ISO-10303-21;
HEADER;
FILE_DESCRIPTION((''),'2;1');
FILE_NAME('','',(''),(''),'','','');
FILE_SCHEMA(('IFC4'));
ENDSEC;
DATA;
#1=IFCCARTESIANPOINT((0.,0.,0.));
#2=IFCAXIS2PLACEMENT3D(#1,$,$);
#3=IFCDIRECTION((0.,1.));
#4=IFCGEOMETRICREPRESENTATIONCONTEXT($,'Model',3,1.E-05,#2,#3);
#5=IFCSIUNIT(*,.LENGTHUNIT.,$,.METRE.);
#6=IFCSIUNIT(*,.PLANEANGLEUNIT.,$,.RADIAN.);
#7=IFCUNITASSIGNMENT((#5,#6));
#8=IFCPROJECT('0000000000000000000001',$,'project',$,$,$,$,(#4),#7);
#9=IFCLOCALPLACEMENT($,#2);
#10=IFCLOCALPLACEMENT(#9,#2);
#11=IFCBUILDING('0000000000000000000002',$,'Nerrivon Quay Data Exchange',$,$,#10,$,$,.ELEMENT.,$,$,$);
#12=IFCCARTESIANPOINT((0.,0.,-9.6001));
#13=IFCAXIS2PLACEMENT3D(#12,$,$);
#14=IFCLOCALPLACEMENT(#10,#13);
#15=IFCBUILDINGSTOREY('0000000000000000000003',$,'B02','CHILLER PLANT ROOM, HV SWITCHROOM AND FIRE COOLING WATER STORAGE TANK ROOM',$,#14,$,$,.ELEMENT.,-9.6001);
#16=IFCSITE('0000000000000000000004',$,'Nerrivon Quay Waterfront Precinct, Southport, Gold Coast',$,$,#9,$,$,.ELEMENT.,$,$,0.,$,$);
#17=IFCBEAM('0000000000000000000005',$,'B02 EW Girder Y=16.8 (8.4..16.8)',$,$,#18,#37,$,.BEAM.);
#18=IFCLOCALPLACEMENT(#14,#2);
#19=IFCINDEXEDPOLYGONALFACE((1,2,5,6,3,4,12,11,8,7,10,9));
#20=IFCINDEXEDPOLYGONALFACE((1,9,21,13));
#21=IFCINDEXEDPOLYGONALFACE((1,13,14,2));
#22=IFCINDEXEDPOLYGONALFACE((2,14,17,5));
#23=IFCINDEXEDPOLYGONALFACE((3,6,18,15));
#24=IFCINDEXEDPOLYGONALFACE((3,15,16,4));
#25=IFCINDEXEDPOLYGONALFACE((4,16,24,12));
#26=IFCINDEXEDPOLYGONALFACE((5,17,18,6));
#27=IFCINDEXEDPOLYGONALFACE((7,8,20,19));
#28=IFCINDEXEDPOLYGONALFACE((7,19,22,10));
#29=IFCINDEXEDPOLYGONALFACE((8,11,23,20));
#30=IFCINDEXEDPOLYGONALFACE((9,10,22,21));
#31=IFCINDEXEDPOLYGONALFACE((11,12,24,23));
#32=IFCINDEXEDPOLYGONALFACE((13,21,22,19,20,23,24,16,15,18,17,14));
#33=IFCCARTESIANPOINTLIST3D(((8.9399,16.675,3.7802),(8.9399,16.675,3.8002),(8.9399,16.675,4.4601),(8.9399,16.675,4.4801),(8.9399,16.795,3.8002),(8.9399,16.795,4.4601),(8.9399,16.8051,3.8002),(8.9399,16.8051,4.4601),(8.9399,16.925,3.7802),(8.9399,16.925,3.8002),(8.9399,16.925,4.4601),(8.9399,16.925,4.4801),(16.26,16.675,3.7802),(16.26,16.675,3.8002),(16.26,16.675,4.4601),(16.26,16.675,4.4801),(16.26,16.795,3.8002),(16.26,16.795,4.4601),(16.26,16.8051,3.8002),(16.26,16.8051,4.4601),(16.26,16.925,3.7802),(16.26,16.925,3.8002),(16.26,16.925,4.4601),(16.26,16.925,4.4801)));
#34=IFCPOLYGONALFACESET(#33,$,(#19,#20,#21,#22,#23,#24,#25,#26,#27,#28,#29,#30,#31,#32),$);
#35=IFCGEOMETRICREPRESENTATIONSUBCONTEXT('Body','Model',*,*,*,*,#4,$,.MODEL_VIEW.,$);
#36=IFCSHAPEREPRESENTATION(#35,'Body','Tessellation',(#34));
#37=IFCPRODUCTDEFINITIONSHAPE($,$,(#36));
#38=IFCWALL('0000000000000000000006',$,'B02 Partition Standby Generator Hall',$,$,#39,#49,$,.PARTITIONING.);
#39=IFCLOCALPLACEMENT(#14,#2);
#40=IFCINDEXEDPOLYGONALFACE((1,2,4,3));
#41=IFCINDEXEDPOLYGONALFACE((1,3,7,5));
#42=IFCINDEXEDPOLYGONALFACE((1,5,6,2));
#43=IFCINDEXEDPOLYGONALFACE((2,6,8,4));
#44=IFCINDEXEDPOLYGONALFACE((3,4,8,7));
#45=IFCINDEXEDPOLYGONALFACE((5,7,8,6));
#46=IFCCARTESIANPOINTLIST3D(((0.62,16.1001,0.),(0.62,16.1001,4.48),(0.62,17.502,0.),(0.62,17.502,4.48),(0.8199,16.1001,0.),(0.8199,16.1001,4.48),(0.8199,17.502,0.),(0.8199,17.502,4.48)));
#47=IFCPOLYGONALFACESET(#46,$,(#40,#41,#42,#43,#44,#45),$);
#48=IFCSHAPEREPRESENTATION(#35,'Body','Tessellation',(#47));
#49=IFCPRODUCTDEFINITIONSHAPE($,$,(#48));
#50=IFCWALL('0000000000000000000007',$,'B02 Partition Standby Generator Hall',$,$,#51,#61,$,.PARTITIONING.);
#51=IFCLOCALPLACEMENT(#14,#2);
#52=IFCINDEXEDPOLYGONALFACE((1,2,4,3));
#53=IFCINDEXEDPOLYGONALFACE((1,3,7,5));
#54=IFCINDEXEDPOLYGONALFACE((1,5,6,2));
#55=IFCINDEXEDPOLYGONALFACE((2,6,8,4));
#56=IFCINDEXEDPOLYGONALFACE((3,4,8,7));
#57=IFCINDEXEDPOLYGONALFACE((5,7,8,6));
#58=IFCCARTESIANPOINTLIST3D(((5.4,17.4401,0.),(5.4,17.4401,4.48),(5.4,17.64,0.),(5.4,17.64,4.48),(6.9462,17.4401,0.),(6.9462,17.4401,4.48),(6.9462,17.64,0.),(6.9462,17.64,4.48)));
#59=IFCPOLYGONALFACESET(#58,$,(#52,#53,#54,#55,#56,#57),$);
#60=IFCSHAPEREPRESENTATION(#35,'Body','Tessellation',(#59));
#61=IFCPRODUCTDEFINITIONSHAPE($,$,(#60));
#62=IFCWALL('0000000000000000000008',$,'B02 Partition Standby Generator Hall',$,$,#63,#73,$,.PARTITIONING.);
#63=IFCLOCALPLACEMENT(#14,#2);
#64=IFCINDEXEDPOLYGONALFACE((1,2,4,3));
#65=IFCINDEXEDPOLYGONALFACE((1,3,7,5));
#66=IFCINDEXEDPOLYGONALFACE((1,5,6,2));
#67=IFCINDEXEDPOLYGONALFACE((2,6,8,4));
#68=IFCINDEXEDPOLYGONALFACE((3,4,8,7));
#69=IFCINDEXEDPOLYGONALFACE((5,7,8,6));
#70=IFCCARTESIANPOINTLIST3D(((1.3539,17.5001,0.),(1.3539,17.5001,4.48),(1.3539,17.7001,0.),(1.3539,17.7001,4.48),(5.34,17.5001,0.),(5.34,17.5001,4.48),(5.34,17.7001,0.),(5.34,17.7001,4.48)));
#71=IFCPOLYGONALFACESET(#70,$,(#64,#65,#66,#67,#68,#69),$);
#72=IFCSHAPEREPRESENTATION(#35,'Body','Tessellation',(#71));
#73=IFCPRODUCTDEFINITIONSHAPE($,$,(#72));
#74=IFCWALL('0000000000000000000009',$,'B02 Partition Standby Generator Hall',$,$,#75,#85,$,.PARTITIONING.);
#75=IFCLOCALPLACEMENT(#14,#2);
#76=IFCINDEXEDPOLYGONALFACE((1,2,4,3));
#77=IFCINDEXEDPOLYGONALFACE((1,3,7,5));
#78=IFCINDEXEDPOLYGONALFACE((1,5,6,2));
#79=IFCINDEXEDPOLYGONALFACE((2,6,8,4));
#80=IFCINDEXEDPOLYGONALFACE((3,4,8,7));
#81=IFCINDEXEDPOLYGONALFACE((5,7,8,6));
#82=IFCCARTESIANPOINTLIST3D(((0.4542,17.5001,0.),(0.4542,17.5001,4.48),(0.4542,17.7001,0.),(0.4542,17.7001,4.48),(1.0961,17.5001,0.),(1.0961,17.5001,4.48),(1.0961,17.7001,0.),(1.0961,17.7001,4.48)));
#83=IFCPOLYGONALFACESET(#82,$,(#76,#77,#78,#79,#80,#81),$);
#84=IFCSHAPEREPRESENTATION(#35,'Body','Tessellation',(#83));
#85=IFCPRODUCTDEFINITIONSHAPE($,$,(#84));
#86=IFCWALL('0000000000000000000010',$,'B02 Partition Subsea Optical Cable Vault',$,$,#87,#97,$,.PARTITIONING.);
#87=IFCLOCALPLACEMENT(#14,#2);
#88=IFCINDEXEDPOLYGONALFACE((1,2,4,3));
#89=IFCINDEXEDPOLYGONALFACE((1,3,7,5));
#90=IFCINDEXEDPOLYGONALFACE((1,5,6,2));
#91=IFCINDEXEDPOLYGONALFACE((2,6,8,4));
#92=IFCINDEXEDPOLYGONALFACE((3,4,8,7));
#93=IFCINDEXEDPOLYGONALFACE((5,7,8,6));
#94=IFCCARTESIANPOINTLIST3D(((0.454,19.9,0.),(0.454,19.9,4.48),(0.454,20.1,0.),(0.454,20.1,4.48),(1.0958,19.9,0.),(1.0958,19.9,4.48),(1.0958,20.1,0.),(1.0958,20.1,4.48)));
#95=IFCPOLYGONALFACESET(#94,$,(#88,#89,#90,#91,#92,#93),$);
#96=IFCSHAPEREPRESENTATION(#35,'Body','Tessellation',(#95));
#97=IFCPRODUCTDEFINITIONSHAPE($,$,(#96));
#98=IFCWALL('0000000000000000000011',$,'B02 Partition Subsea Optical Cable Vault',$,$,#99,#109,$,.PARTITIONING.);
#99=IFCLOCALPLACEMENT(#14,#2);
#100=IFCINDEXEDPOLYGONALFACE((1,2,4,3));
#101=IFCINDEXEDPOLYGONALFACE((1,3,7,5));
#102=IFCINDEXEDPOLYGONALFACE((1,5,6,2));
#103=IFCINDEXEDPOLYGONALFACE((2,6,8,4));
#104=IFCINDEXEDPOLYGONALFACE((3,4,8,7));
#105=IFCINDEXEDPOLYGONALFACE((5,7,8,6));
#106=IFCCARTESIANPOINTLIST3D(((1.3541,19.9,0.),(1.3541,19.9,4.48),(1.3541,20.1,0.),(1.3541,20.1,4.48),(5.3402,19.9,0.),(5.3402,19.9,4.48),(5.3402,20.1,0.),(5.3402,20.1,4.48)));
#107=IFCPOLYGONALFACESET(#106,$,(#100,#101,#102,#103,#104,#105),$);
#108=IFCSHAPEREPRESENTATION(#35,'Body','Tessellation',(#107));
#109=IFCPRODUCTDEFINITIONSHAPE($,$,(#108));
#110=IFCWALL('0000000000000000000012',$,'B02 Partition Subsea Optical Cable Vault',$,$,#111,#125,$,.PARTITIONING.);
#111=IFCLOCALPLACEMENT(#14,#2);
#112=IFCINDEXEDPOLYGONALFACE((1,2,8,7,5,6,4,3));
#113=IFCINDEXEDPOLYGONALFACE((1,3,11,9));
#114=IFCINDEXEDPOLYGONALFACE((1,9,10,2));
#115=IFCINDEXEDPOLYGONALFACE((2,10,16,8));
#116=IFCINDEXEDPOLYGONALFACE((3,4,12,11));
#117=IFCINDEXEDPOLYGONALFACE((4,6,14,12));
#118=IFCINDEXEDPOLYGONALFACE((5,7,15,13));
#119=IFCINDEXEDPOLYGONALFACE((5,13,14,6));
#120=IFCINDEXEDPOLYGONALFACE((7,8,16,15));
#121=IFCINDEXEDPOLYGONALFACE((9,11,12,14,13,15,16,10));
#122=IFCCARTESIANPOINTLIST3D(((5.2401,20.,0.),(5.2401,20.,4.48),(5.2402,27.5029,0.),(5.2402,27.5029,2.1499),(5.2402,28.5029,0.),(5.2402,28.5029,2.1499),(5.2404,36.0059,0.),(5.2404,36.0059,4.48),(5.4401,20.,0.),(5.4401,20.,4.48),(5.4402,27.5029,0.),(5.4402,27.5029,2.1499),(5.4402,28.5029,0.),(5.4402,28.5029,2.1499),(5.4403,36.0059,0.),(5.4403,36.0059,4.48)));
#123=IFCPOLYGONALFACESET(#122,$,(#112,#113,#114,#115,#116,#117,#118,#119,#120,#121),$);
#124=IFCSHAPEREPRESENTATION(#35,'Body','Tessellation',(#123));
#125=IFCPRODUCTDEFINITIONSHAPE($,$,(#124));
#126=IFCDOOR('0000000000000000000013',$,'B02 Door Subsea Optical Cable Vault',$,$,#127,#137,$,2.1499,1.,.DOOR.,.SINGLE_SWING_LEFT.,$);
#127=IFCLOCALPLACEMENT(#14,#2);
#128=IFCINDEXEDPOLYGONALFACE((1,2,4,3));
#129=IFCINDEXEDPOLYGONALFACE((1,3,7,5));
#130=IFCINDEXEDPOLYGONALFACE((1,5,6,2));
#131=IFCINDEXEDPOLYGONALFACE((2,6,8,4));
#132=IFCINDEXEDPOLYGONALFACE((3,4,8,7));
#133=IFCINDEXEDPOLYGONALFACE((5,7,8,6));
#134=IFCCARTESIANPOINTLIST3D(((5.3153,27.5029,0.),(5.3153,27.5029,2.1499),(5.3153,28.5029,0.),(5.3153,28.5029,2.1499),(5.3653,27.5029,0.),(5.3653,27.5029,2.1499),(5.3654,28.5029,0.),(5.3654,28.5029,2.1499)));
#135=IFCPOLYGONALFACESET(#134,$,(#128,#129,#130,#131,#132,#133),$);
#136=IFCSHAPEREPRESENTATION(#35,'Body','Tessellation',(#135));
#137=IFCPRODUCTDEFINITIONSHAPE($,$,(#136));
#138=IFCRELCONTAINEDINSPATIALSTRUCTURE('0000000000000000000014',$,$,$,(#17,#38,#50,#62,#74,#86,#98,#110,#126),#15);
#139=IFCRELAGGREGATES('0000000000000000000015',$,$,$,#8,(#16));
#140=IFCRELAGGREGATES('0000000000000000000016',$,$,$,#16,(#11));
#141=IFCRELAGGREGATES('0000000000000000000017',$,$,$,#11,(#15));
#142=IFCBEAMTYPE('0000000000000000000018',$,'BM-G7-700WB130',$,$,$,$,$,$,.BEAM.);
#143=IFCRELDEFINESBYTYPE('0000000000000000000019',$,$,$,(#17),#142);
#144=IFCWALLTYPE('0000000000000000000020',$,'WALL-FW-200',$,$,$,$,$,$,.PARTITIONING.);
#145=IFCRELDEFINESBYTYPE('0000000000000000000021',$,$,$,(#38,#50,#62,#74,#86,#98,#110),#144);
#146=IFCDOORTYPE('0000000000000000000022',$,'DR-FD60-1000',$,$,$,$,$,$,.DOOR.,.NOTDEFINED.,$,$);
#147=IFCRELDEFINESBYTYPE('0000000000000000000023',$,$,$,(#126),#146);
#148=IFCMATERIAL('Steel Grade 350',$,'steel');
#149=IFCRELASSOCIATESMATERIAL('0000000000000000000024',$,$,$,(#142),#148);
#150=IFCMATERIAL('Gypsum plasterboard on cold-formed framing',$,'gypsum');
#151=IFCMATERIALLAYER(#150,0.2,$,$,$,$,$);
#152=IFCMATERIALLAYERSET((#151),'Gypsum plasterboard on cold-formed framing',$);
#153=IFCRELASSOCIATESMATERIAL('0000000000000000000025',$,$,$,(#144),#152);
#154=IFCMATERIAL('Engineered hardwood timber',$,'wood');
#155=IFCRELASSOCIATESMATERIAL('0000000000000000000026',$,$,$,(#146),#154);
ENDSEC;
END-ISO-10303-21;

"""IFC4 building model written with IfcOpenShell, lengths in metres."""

from ifc_helpers import new_model, si_unit, direction, frame, frame_2d, origin, origin_2d, place, context, subcontext, project, spatial, rectangle, i_section, extrude, material, layer, layer_set, material_profile, profile_set, type_object, element, fill, save


model = new_model("IFC4")

# Units and contexts
model_context = context("Model", 3, precision=1e-05, world=origin(), true_north=direction((0.0, 1.0)))
body_context = subcontext(model_context, "Body", "Model", "MODEL_VIEW")
ifc_project = project(units=[si_unit("LENGTHUNIT", "METRE"), si_unit("PLANEANGLEUNIT", "RADIAN")], contexts=[model_context])

# Site, building, storey
site_placement = place(None, origin())
site = spatial("IfcSite", under=ifc_project, at=site_placement, Name="Nerrivon Quay Waterfront Precinct, Southport, Gold Coast", CompositionType="ELEMENT", RefElevation=0.0)
building_placement = place(site_placement, origin())
building = spatial("IfcBuilding", under=site, at=building_placement, Name="Nerrivon Quay Data Exchange", CompositionType="ELEMENT")
storey_placement = place(building_placement, frame((0.0, 0.0, -9.6001)))
storey = spatial("IfcBuildingStorey", under=building, at=storey_placement, Name="B02", Description="CHILLER PLANT ROOM, HV SWITCHROOM AND FIRE COOLING WATER STORAGE TANK ROOM", CompositionType="ELEMENT", Elevation=-9.6001)

# Beam
ifc_material_1 = material(Name="Steel Grade 350", Category="steel")
ifc_material_profile_1 = material_profile(ifc_material_1, i_section(OverallWidth=0.25, OverallDepth=0.7, WebThickness=0.01, FlangeThickness=0.02, at=origin_2d()), Name="700WB130")
ifc_profile_set_1 = profile_set([ifc_material_profile_1], Name="Steel Grade 350")
beam_type_1 = type_object("IfcBeamType", Name="BM-G7-700WB130", PredefinedType="BEAM", material=ifc_profile_set_1)
beam_placement = place(storey_placement, frame((8.9399, 16.8, 4.1301), z_axis=(1.0, 0.0, 0.0), x_axis=(0.0, 1.0, 0.0)))
element("IfcBeam", 1, at=beam_placement, inside=storey, type_object=beam_type_1, Name="B02 EW Girder Y=16.8 (8.4..16.8)", PredefinedType="BEAM", context=body_context, shape_type="SweptSolid", body=[
    extrude(i_section(OverallWidth=0.25, OverallDepth=0.7, WebThickness=0.01, FlangeThickness=0.02, at=origin_2d()), origin(), (0.0, 0.0, 1.0), 7.3201),
])

# Walls
ifc_material_2 = material(Name="Gypsum plasterboard on cold-formed framing", Category="gypsum")
ifc_layer = layer(ifc_material_2, 0.2)
ifc_layer_set = layer_set([ifc_layer], Name="Gypsum plasterboard on cold-formed framing")
wall_type = type_object("IfcWallType", Name="WALL-FW-200", PredefinedType="PARTITIONING", material=ifc_layer_set)
wall_1_placement = place(storey_placement, frame((0.72, 17.502, 0.0), z_axis=(0.0, 0.0, 1.0), x_axis=(0.0, -1.0, 0.0)))
element("IfcWall", 2, at=wall_1_placement, inside=storey, type_object=wall_type, Name="B02 Partition Standby Generator Hall", PredefinedType="PARTITIONING", context=body_context, shape_type="SweptSolid", body=[
    extrude(rectangle(XDim=1.4019, YDim=0.2, at=frame_2d((0.7009, 0.0))), origin(), (0.0, 0.0, 1.0), 4.48),
])
wall_2_placement = place(storey_placement, frame((6.946, 17.54, 0.0), z_axis=(0.0, 0.0, 1.0), x_axis=(-1.0, 0.0, 0.0)))
element("IfcWall", 3, at=wall_2_placement, inside=storey, type_object=wall_type, Name="B02 Partition Standby Generator Hall", PredefinedType="PARTITIONING", context=body_context, shape_type="SweptSolid", body=[
    extrude(rectangle(XDim=1.5461, YDim=0.2, at=frame_2d((0.7729, 0.0))), origin(), (0.0, 0.0, 1.0), 4.48),
])
wall_3_placement = place(storey_placement, frame((5.3401, 17.6001, 0.0), z_axis=(0.0, 0.0, 1.0), x_axis=(-1.0, 0.0, 0.0)))
element("IfcWall", 4, at=wall_3_placement, inside=storey, type_object=wall_type, Name="B02 Partition Standby Generator Hall", PredefinedType="PARTITIONING", context=body_context, shape_type="SweptSolid", body=[
    extrude(rectangle(XDim=3.9861, YDim=0.2, at=frame_2d((1.9932, 0.0))), origin(), (0.0, 0.0, 1.0), 4.48),
])
for number, where, z_axis, x_axis, name in (
    (5, (1.0959, 17.6001, 0.0), (0.0, 0.0, 1.0), (-1.0, 0.0, 0.0), "B02 Partition Standby Generator Hall"),
    (6, (0.4541, 20.0, 0.0), (0.0, 0.0, 1.0), (1.0, 0.0, 0.0), "B02 Partition Subsea Optical Cable Vault"),
):
    element("IfcWall", number, at=place(storey_placement, frame(where, z_axis=z_axis, x_axis=x_axis)), inside=storey, type_object=wall_type, Name=name, PredefinedType="PARTITIONING", context=body_context, shape_type="SweptSolid", body=[
        extrude(rectangle(XDim=0.6418, YDim=0.2, at=frame_2d((0.3208, 0.0))), origin(), (0.0, 0.0, 1.0), 4.48),
    ])
wall_4_placement = place(storey_placement, frame((1.354, 20.0, 0.0), z_axis=(0.0, 0.0, 1.0), x_axis=(1.0, 0.0, 0.0)))
element("IfcWall", 7, at=wall_4_placement, inside=storey, type_object=wall_type, Name="B02 Partition Subsea Optical Cable Vault", PredefinedType="PARTITIONING", context=body_context, shape_type="SweptSolid", body=[
    extrude(rectangle(XDim=3.9861, YDim=0.2, at=frame_2d((1.9932, 0.0))), origin(), (0.0, 0.0, 1.0), 4.48),
])

# Wall, opening, door
wall_5_placement = place(storey_placement, frame((5.3401, 20.0, 0.0), z_axis=(0.0, 0.0, 1.0), x_axis=(0.000015, 1.0, 0.0)))
wall_5 = element("IfcWall", 8, at=wall_5_placement, inside=storey, type_object=wall_type, Name="B02 Partition Subsea Optical Cable Vault", PredefinedType="PARTITIONING", context=body_context, shape_type="SweptSolid", body=[
    extrude(rectangle(XDim=16.0059, YDim=0.2, at=frame_2d((8.0029, 0.0))), origin(), (0.0, 0.0, 1.0), 4.48),
])
opening_placement = place(wall_5_placement, frame((7.5029, 0.0, 0.0)))
opening = element("IfcOpeningElement", 9, at=opening_placement, cuts=wall_5, PredefinedType="OPENING", context=body_context, shape_type="SweptSolid", body=[
    extrude(rectangle(XDim=1.0, YDim=2.1499, at=frame_2d((0.5, 1.075))), frame((0.0, 0.1099, 0.0), z_axis=(0.0, -1.0, 0.0), x_axis=(1.0, 0.0, 0.0)), (0.0, 0.0, 1.0), 0.22),
])
ifc_material_3 = material(Name="Engineered hardwood timber", Category="wood")
door_type = type_object("IfcDoorType", Name="DR-FD60-1000", OperationType="NOTDEFINED", PredefinedType="DOOR", material=ifc_material_3)
door_placement = place(opening_placement, origin())
door = element("IfcDoor", 10, at=door_placement, inside=storey, type_object=door_type, Name="B02 Door Subsea Optical Cable Vault", OperationType="SINGLE_SWING_LEFT", OverallHeight=2.1499, OverallWidth=1.0, PredefinedType="DOOR", context=body_context, shape_type="SweptSolid", body=[
    extrude(rectangle(XDim=1.0, YDim=2.1499, at=frame_2d((0.5, 1.075))), frame((0.0, 0.0249, 0.0), z_axis=(0.0, -1.0, 0.0), x_axis=(1.0, 0.0, 0.0)), (0.0, 0.0, 1.0), 0.05),
])
fill(opening, door)

save(model, "model.ifc")
